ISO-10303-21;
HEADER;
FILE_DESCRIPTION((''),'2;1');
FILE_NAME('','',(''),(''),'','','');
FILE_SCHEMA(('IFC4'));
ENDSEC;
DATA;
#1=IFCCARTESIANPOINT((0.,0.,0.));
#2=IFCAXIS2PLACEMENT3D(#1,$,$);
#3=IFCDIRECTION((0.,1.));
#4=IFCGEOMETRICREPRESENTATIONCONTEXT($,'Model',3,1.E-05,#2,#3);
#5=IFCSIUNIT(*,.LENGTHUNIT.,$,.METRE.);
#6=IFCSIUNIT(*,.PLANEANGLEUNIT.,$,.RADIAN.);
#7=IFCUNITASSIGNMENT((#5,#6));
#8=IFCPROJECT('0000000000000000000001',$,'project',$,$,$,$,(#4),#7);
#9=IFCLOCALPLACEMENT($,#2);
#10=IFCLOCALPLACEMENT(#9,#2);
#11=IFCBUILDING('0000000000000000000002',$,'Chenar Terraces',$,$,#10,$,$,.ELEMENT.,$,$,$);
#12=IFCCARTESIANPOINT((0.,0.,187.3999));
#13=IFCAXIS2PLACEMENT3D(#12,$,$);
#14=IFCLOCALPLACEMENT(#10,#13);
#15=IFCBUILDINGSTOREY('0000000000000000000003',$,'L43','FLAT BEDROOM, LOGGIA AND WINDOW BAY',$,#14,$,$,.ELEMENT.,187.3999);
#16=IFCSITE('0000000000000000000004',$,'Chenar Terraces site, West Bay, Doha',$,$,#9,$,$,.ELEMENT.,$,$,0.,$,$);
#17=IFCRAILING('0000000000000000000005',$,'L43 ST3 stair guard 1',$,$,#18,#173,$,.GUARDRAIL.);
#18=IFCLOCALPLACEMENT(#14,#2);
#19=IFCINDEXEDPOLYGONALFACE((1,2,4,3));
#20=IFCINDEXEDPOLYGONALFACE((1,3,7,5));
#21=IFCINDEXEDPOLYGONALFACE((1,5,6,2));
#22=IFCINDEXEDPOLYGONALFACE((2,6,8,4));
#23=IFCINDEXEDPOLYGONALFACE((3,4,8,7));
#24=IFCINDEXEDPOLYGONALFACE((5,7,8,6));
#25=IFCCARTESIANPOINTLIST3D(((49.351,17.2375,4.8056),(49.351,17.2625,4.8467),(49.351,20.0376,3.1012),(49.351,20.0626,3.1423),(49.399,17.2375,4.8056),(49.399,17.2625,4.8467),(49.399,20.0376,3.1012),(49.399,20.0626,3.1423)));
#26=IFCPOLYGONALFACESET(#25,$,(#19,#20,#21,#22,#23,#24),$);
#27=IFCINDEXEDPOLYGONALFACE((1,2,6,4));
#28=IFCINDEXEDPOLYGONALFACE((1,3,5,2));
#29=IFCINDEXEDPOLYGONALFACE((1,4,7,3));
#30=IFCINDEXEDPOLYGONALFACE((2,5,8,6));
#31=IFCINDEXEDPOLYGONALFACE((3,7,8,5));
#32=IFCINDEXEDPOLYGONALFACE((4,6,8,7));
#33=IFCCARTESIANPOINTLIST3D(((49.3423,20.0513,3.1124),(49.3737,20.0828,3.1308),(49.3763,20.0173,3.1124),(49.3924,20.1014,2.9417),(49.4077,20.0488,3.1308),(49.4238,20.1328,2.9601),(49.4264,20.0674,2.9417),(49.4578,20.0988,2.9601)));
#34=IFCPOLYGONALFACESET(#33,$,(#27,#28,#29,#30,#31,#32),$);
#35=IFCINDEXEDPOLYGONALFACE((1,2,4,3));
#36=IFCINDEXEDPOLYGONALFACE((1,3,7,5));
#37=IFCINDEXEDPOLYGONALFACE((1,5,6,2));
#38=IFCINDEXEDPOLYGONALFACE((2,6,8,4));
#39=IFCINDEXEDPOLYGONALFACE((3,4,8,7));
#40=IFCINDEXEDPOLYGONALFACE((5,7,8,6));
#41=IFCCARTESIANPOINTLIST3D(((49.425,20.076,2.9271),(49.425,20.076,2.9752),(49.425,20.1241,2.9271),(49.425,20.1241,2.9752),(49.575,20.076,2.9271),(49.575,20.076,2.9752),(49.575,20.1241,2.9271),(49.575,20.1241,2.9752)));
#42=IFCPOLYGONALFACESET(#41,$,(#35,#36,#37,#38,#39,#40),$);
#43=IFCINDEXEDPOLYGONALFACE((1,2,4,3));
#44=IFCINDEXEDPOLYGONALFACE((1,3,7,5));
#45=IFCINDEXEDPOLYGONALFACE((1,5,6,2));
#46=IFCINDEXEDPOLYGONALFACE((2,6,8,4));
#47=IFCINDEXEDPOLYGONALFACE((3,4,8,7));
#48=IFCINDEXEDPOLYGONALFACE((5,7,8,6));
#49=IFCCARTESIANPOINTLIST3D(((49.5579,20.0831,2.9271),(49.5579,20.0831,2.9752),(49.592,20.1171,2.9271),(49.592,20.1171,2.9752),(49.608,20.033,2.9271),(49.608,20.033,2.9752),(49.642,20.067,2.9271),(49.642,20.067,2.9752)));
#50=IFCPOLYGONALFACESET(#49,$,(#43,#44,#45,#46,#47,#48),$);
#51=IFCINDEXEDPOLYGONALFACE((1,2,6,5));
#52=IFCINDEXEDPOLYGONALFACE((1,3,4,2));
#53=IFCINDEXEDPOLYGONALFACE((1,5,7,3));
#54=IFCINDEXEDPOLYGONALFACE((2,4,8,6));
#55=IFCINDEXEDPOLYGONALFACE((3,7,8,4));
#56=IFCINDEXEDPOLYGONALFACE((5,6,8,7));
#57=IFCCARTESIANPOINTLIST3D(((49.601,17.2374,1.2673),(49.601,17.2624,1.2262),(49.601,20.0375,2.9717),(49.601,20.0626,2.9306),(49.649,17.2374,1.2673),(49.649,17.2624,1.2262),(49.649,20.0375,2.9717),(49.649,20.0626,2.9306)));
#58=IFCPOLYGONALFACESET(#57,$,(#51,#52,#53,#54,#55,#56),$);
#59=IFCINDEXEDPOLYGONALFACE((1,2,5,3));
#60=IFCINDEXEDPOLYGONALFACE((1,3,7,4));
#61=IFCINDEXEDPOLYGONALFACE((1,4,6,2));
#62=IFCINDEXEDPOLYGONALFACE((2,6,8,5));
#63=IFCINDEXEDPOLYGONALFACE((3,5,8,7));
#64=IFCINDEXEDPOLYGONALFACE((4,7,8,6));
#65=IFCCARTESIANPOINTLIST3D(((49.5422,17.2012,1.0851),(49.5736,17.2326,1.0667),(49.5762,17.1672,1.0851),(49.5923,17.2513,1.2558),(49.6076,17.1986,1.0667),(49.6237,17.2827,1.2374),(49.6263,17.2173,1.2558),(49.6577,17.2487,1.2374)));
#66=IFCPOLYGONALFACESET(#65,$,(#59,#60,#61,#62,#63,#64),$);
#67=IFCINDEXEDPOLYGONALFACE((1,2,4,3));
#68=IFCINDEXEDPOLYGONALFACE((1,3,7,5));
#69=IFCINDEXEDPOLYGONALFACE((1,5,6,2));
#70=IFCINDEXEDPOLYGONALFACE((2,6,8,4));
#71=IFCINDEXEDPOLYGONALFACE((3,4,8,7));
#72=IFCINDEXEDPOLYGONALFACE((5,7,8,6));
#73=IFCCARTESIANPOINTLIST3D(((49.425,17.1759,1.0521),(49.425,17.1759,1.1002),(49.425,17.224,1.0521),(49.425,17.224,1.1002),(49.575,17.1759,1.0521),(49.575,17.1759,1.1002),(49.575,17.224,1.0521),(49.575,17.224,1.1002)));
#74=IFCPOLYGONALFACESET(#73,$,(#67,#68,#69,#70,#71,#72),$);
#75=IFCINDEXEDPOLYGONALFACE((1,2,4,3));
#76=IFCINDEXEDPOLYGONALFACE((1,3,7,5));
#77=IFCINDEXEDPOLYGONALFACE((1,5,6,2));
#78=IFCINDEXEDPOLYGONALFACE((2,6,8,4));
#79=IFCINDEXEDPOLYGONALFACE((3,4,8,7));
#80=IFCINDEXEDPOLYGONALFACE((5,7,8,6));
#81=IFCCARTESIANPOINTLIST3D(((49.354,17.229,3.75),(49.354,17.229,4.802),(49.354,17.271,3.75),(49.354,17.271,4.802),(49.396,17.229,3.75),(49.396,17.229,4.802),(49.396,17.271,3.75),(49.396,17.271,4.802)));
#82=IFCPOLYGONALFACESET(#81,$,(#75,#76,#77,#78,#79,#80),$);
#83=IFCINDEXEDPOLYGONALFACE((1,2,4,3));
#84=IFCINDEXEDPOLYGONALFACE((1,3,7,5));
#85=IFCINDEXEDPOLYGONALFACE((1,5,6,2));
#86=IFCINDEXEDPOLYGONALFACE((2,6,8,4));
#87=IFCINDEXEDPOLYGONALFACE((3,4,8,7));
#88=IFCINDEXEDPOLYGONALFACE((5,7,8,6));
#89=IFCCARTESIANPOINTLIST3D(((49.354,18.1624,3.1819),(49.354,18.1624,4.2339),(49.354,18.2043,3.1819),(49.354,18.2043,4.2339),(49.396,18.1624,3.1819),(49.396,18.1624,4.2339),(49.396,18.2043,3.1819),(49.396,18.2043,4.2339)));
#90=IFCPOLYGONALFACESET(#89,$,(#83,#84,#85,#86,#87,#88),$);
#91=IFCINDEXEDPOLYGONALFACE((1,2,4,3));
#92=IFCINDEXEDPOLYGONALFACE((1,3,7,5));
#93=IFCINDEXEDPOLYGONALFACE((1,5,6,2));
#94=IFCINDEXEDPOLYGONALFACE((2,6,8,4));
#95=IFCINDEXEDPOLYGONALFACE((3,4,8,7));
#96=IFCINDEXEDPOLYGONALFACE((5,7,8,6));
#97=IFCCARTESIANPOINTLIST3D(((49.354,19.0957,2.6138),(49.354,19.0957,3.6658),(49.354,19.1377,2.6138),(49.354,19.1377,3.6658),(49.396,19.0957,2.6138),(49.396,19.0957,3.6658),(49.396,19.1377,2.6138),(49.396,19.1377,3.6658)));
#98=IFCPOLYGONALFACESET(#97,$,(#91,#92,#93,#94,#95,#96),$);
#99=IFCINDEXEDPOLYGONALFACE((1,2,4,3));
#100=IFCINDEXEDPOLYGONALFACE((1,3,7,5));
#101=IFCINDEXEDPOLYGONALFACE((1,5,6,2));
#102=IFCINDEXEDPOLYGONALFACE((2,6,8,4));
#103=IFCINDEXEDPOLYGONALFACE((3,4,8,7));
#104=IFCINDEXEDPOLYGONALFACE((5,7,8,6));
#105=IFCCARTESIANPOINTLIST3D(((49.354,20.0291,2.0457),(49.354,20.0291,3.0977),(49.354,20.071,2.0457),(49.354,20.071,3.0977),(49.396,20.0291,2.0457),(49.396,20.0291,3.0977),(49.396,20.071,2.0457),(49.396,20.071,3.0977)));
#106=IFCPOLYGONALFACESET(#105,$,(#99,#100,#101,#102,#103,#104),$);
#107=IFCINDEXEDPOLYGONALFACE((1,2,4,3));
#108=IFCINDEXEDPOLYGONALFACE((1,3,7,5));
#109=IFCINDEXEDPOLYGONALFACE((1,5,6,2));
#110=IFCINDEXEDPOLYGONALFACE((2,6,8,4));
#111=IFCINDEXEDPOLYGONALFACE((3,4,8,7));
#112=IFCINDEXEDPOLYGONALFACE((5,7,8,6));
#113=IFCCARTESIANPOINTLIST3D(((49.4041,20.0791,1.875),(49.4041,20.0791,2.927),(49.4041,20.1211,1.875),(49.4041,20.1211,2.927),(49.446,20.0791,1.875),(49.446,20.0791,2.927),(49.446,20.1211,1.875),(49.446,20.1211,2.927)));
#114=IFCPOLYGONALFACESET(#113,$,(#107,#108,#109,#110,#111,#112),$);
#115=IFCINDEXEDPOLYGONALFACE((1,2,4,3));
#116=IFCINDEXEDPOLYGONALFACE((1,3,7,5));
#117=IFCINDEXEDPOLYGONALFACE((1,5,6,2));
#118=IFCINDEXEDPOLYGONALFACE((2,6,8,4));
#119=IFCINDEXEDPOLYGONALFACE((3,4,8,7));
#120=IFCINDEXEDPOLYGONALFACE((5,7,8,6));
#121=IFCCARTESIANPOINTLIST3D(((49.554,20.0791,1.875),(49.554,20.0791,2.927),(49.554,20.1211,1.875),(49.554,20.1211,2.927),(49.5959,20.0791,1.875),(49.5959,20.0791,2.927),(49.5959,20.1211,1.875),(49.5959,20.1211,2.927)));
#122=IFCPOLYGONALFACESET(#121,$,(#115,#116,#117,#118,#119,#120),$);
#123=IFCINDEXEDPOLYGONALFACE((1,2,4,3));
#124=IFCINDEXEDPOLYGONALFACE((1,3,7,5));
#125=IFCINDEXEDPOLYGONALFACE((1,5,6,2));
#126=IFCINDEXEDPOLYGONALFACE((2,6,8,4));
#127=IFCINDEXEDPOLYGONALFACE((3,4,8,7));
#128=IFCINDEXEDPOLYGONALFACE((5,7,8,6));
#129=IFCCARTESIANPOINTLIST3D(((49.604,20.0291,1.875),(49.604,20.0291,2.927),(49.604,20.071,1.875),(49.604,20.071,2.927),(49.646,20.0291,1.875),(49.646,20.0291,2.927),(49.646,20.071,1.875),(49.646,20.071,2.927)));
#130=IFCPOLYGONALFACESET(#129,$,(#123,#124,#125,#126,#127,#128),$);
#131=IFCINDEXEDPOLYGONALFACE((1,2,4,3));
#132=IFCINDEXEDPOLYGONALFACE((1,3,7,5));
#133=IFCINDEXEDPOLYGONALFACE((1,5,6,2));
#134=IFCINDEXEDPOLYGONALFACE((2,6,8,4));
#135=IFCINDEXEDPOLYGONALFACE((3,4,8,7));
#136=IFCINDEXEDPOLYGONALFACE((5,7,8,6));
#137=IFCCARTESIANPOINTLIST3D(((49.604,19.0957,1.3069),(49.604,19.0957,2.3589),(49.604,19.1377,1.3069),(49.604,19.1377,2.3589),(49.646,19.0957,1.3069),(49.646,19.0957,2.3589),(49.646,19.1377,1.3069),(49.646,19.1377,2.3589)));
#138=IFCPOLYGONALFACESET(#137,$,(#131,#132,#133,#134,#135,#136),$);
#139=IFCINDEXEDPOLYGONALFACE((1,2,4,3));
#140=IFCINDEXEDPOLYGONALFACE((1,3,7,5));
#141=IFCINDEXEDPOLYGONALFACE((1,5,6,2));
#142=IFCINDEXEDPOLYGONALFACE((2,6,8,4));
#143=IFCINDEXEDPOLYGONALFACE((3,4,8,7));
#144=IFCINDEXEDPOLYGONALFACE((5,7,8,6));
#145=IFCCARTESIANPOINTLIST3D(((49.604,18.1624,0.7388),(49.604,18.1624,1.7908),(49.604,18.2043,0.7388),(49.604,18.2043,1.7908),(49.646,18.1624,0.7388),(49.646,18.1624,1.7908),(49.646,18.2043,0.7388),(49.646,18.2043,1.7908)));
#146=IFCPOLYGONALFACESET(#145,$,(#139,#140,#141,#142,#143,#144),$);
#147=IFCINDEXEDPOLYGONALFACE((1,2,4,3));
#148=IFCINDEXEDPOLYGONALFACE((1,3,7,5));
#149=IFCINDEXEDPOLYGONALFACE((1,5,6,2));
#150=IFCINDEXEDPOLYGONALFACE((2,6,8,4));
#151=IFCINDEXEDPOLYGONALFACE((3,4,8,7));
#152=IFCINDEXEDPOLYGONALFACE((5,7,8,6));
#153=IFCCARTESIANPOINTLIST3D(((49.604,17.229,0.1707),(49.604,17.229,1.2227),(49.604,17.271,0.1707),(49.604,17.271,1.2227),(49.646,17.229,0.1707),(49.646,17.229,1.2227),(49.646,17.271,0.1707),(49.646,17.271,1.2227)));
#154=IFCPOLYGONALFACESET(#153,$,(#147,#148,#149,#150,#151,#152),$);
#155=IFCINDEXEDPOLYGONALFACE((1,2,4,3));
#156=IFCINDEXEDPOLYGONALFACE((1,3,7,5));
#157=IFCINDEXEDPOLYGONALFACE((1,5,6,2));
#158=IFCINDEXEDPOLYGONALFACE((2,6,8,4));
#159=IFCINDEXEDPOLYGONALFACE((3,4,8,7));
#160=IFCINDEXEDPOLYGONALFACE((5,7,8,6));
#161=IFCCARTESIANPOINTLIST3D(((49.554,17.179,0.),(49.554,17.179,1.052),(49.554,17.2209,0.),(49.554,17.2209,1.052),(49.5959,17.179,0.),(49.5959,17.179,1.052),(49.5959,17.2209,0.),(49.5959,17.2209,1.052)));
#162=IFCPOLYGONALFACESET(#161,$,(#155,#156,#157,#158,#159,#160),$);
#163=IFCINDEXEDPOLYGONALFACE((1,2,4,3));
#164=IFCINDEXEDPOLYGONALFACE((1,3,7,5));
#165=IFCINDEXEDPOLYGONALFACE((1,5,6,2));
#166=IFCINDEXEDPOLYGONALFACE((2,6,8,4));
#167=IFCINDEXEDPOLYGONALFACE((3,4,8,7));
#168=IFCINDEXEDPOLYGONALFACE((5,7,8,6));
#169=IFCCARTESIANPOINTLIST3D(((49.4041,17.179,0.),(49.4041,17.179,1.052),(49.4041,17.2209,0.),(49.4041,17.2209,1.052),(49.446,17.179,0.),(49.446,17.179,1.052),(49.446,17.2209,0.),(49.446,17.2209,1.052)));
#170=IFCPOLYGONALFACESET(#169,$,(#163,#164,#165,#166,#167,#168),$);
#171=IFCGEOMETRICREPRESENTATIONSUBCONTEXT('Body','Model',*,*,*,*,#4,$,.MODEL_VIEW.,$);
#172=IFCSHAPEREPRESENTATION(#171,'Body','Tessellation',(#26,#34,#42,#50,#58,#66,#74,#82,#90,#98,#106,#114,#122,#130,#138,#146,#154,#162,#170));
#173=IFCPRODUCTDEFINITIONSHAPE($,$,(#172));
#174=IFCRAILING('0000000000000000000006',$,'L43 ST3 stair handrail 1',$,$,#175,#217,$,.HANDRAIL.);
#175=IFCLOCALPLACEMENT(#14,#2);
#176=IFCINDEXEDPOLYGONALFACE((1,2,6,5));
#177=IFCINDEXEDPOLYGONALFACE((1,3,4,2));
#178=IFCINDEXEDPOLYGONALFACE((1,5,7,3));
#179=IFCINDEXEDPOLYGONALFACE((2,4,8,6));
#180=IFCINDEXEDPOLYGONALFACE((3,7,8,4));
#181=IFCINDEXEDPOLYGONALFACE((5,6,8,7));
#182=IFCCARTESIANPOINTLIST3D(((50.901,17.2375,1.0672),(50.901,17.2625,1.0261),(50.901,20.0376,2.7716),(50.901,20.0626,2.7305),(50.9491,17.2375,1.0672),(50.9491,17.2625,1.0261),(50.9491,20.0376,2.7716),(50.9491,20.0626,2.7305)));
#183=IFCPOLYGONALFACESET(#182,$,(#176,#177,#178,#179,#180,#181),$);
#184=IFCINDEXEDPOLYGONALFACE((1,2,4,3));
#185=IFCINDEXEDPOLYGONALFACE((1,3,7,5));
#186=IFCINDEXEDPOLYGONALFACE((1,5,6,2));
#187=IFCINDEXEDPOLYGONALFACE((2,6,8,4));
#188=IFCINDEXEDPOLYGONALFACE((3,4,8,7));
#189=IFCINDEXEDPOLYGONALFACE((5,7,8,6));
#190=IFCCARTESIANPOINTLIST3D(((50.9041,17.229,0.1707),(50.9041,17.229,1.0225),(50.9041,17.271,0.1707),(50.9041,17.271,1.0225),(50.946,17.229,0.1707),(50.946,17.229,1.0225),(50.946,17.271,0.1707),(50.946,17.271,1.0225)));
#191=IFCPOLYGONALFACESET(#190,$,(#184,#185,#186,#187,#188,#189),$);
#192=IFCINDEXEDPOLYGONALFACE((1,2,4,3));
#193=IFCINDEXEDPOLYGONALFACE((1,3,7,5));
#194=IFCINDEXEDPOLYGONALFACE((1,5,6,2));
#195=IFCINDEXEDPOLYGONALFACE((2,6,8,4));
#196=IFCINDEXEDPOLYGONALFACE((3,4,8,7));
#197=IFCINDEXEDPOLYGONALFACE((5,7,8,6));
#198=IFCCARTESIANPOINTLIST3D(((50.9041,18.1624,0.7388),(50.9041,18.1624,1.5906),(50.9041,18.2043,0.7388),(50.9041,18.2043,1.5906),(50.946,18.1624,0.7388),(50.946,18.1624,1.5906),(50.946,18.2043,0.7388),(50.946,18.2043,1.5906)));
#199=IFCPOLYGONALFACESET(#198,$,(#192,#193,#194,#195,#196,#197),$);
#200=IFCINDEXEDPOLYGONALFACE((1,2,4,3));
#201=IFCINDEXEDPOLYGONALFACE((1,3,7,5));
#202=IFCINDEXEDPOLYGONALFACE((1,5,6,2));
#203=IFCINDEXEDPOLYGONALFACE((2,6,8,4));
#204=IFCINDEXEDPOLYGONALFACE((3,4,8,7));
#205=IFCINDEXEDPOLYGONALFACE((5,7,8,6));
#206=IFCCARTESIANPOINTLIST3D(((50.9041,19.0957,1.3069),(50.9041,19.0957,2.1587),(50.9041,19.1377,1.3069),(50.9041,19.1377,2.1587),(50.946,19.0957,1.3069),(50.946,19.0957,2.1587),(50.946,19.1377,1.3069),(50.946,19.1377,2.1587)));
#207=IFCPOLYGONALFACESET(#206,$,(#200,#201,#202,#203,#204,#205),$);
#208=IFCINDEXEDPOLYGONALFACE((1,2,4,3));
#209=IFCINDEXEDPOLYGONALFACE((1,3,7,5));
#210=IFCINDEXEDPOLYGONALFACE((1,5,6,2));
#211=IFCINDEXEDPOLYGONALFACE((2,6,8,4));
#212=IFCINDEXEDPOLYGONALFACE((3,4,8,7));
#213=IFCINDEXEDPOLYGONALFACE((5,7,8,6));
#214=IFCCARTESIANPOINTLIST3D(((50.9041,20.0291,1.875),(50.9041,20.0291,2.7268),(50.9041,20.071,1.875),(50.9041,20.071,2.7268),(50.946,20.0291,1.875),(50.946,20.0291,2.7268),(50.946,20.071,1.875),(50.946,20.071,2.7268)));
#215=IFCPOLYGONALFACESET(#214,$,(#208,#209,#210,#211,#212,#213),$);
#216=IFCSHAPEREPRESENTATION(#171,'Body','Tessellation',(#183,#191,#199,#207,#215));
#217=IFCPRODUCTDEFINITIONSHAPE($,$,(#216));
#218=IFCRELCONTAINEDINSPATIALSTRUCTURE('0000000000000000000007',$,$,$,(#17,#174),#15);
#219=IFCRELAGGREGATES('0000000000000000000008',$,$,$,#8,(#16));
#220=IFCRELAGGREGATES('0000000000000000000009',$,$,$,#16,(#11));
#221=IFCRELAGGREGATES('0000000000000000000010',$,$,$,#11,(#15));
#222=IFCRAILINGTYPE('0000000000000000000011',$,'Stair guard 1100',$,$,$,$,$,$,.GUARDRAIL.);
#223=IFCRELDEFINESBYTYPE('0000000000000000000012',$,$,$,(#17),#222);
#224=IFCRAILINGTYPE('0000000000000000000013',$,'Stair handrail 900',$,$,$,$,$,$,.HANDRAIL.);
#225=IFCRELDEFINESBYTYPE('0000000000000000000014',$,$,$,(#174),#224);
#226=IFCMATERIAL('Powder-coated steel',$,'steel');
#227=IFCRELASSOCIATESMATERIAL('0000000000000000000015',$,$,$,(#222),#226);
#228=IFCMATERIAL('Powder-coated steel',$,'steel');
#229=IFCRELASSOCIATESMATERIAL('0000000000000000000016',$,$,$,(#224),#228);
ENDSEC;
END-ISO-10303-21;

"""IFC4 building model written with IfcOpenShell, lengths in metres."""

from ifc_helpers import new_model, si_unit, direction, frame, origin, origin_2d, place, context, subcontext, project, spatial, rectangle, extrude, material, type_object, element, save


model = new_model("IFC4")

# Units and contexts
model_context = context("Model", 3, precision=1e-05, world=origin(), true_north=direction((0.0, 1.0)))
body_context = subcontext(model_context, "Body", "Model", "MODEL_VIEW")
ifc_project = project(units=[si_unit("LENGTHUNIT", "METRE"), si_unit("PLANEANGLEUNIT", "RADIAN")], contexts=[model_context])

# Site, building, storey
site_placement = place(None, origin())
site = spatial("IfcSite", under=ifc_project, at=site_placement, Name="Chenar Terraces site, West Bay, Doha", CompositionType="ELEMENT", RefElevation=0.0)
building_placement = place(site_placement, origin())
building = spatial("IfcBuilding", under=site, at=building_placement, Name="Chenar Terraces", CompositionType="ELEMENT")
storey_placement = place(building_placement, frame((0.0, 0.0, 187.3999)))
storey = spatial("IfcBuildingStorey", under=building, at=storey_placement, Name="L43", Description="FLAT BEDROOM, LOGGIA AND WINDOW BAY", CompositionType="ELEMENT", Elevation=187.3999)

# Railings
ifc_material_1 = material(Name="Powder-coated steel", Category="steel")
railing_type_1 = type_object("IfcRailingType", Name="Stair guard 1100", PredefinedType="GUARDRAIL", material=ifc_material_1)
railing_1_placement = place(storey_placement, frame((49.375, 17.25, 3.75)))
element("IfcRailing", 1, at=railing_1_placement, inside=storey, type_object=railing_type_1, Name="L43 ST3 stair guard 1", PredefinedType="GUARDRAIL", context=body_context, shape_type="SweptSolid", body=[
    extrude(rectangle(XDim=0.0481, YDim=0.0481, at=origin_2d()), frame((0.0, 0.0, 1.0762), z_axis=(0.0, 0.854203, -0.51994), x_axis=(-1.0, 0.0, 0.0)), (0.0, 0.0, 1.0), 3.2781),
    extrude(rectangle(XDim=0.0481, YDim=0.0481, at=origin_2d()), frame((0.0, 2.8, -0.6284), z_axis=(0.2709, 0.2709, -0.923703), x_axis=(-0.707107, 0.707107, 0.0)), (0.0, 0.0, 1.0), 0.1848),
    extrude(rectangle(XDim=0.0481, YDim=0.0481, at=origin_2d()), frame((0.05, 2.8501, -0.7988), z_axis=(1.0, 0.0, 0.0), x_axis=(0.0, 1.0, 0.0)), (0.0, 0.0, 1.0), 0.1499),
    extrude(rectangle(XDim=0.0481, YDim=0.0481, at=origin_2d()), frame((0.2, 2.8501, -0.7988), z_axis=(0.707107, -0.707107, 0.0), x_axis=(0.707107, 0.707107, 0.0)), (0.0, 0.0, 1.0), 0.0708),
    extrude(rectangle(XDim=0.0481, YDim=0.0481, at=origin_2d()), frame((0.25, 2.8, -0.7988), z_axis=(0.0, -0.854203, -0.51994), x_axis=(1.0, 0.0, 0.0)), (0.0, 0.0, 1.0), 3.2781),
    extrude(rectangle(XDim=0.0481, YDim=0.0481, at=origin_2d()), frame((0.25, 0.0, -2.5034), z_axis=(-0.2709, -0.2709, -0.923703), x_axis=(0.707107, -0.707107, 0.0)), (0.0, 0.0, 1.0), 0.1848),
    extrude(rectangle(XDim=0.0481, YDim=0.0481, at=origin_2d()), frame((0.2, -0.05, -2.6738), z_axis=(-1.0, 0.0, 0.0), x_axis=(0.0, -1.0, 0.0)), (0.0, 0.0, 1.0), 0.1499),
    extrude(rectangle(XDim=0.042, YDim=0.042, at=origin_2d()), origin(), (0.0, 0.0, 1.0), 1.052),
    extrude(rectangle(XDim=0.042, YDim=0.042, at=origin_2d()), frame((0.0, 0.9333, -0.5681)), (0.0, 0.0, 1.0), 1.052),
    extrude(rectangle(XDim=0.042, YDim=0.042, at=origin_2d()), frame((0.0, 1.8667, -1.1362)), (0.0, 0.0, 1.0), 1.052),
    extrude(rectangle(XDim=0.042, YDim=0.042, at=origin_2d()), frame((0.0, 2.8, -1.7043)), (0.0, 0.0, 1.0), 1.052),
    extrude(rectangle(XDim=0.042, YDim=0.042, at=origin_2d()), frame((0.05, 2.8501, -1.875)), (0.0, 0.0, 1.0), 1.052),
    extrude(rectangle(XDim=0.042, YDim=0.042, at=origin_2d()), frame((0.2, 2.8501, -1.875)), (0.0, 0.0, 1.0), 1.052),
    extrude(rectangle(XDim=0.042, YDim=0.042, at=origin_2d()), frame((0.25, 2.8, -1.875)), (0.0, 0.0, 1.0), 1.052),
    extrude(rectangle(XDim=0.042, YDim=0.042, at=origin_2d()), frame((0.25, 1.8667, -2.4431)), (0.0, 0.0, 1.0), 1.052),
    extrude(rectangle(XDim=0.042, YDim=0.042, at=origin_2d()), frame((0.25, 0.9333, -3.0112)), (0.0, 0.0, 1.0), 1.052),
    extrude(rectangle(XDim=0.042, YDim=0.042, at=origin_2d()), frame((0.25, 0.0, -3.5793)), (0.0, 0.0, 1.0), 1.052),
    extrude(rectangle(XDim=0.042, YDim=0.042, at=origin_2d()), frame((0.2, -0.05, -3.75)), (0.0, 0.0, 1.0), 1.052),
    extrude(rectangle(XDim=0.042, YDim=0.042, at=origin_2d()), frame((0.05, -0.05, -3.75)), (0.0, 0.0, 1.0), 1.052),
])
ifc_material_2 = material(Name="Powder-coated steel", Category="steel")
railing_type_2 = type_object("IfcRailingType", Name="Stair handrail 900", PredefinedType="HANDRAIL", material=ifc_material_2)
railing_2_placement = place(storey_placement, frame((50.925, 17.25, 0.1707)))
element("IfcRailing", 2, at=railing_2_placement, inside=storey, type_object=railing_type_2, Name="L43 ST3 stair handrail 1", PredefinedType="HANDRAIL", context=body_context, shape_type="SweptSolid", body=[
    extrude(rectangle(XDim=0.0481, YDim=0.0481, at=origin_2d()), frame((0.0, 0.0, 0.876), z_axis=(0.0, 0.854203, 0.51994), x_axis=(-1.0, 0.0, 0.0)), (0.0, 0.0, 1.0), 3.2781),
    extrude(rectangle(XDim=0.042, YDim=0.042, at=origin_2d()), origin(), (0.0, 0.0, 1.0), 0.8518),
    extrude(rectangle(XDim=0.042, YDim=0.042, at=origin_2d()), frame((0.0, 0.9333, 0.5681)), (0.0, 0.0, 1.0), 0.8518),
    extrude(rectangle(XDim=0.042, YDim=0.042, at=origin_2d()), frame((0.0, 1.8667, 1.1362)), (0.0, 0.0, 1.0), 0.8518),
    extrude(rectangle(XDim=0.042, YDim=0.042, at=origin_2d()), frame((0.0, 2.8, 1.7043)), (0.0, 0.0, 1.0), 0.8518),
])

save(model, "model.ifc")
